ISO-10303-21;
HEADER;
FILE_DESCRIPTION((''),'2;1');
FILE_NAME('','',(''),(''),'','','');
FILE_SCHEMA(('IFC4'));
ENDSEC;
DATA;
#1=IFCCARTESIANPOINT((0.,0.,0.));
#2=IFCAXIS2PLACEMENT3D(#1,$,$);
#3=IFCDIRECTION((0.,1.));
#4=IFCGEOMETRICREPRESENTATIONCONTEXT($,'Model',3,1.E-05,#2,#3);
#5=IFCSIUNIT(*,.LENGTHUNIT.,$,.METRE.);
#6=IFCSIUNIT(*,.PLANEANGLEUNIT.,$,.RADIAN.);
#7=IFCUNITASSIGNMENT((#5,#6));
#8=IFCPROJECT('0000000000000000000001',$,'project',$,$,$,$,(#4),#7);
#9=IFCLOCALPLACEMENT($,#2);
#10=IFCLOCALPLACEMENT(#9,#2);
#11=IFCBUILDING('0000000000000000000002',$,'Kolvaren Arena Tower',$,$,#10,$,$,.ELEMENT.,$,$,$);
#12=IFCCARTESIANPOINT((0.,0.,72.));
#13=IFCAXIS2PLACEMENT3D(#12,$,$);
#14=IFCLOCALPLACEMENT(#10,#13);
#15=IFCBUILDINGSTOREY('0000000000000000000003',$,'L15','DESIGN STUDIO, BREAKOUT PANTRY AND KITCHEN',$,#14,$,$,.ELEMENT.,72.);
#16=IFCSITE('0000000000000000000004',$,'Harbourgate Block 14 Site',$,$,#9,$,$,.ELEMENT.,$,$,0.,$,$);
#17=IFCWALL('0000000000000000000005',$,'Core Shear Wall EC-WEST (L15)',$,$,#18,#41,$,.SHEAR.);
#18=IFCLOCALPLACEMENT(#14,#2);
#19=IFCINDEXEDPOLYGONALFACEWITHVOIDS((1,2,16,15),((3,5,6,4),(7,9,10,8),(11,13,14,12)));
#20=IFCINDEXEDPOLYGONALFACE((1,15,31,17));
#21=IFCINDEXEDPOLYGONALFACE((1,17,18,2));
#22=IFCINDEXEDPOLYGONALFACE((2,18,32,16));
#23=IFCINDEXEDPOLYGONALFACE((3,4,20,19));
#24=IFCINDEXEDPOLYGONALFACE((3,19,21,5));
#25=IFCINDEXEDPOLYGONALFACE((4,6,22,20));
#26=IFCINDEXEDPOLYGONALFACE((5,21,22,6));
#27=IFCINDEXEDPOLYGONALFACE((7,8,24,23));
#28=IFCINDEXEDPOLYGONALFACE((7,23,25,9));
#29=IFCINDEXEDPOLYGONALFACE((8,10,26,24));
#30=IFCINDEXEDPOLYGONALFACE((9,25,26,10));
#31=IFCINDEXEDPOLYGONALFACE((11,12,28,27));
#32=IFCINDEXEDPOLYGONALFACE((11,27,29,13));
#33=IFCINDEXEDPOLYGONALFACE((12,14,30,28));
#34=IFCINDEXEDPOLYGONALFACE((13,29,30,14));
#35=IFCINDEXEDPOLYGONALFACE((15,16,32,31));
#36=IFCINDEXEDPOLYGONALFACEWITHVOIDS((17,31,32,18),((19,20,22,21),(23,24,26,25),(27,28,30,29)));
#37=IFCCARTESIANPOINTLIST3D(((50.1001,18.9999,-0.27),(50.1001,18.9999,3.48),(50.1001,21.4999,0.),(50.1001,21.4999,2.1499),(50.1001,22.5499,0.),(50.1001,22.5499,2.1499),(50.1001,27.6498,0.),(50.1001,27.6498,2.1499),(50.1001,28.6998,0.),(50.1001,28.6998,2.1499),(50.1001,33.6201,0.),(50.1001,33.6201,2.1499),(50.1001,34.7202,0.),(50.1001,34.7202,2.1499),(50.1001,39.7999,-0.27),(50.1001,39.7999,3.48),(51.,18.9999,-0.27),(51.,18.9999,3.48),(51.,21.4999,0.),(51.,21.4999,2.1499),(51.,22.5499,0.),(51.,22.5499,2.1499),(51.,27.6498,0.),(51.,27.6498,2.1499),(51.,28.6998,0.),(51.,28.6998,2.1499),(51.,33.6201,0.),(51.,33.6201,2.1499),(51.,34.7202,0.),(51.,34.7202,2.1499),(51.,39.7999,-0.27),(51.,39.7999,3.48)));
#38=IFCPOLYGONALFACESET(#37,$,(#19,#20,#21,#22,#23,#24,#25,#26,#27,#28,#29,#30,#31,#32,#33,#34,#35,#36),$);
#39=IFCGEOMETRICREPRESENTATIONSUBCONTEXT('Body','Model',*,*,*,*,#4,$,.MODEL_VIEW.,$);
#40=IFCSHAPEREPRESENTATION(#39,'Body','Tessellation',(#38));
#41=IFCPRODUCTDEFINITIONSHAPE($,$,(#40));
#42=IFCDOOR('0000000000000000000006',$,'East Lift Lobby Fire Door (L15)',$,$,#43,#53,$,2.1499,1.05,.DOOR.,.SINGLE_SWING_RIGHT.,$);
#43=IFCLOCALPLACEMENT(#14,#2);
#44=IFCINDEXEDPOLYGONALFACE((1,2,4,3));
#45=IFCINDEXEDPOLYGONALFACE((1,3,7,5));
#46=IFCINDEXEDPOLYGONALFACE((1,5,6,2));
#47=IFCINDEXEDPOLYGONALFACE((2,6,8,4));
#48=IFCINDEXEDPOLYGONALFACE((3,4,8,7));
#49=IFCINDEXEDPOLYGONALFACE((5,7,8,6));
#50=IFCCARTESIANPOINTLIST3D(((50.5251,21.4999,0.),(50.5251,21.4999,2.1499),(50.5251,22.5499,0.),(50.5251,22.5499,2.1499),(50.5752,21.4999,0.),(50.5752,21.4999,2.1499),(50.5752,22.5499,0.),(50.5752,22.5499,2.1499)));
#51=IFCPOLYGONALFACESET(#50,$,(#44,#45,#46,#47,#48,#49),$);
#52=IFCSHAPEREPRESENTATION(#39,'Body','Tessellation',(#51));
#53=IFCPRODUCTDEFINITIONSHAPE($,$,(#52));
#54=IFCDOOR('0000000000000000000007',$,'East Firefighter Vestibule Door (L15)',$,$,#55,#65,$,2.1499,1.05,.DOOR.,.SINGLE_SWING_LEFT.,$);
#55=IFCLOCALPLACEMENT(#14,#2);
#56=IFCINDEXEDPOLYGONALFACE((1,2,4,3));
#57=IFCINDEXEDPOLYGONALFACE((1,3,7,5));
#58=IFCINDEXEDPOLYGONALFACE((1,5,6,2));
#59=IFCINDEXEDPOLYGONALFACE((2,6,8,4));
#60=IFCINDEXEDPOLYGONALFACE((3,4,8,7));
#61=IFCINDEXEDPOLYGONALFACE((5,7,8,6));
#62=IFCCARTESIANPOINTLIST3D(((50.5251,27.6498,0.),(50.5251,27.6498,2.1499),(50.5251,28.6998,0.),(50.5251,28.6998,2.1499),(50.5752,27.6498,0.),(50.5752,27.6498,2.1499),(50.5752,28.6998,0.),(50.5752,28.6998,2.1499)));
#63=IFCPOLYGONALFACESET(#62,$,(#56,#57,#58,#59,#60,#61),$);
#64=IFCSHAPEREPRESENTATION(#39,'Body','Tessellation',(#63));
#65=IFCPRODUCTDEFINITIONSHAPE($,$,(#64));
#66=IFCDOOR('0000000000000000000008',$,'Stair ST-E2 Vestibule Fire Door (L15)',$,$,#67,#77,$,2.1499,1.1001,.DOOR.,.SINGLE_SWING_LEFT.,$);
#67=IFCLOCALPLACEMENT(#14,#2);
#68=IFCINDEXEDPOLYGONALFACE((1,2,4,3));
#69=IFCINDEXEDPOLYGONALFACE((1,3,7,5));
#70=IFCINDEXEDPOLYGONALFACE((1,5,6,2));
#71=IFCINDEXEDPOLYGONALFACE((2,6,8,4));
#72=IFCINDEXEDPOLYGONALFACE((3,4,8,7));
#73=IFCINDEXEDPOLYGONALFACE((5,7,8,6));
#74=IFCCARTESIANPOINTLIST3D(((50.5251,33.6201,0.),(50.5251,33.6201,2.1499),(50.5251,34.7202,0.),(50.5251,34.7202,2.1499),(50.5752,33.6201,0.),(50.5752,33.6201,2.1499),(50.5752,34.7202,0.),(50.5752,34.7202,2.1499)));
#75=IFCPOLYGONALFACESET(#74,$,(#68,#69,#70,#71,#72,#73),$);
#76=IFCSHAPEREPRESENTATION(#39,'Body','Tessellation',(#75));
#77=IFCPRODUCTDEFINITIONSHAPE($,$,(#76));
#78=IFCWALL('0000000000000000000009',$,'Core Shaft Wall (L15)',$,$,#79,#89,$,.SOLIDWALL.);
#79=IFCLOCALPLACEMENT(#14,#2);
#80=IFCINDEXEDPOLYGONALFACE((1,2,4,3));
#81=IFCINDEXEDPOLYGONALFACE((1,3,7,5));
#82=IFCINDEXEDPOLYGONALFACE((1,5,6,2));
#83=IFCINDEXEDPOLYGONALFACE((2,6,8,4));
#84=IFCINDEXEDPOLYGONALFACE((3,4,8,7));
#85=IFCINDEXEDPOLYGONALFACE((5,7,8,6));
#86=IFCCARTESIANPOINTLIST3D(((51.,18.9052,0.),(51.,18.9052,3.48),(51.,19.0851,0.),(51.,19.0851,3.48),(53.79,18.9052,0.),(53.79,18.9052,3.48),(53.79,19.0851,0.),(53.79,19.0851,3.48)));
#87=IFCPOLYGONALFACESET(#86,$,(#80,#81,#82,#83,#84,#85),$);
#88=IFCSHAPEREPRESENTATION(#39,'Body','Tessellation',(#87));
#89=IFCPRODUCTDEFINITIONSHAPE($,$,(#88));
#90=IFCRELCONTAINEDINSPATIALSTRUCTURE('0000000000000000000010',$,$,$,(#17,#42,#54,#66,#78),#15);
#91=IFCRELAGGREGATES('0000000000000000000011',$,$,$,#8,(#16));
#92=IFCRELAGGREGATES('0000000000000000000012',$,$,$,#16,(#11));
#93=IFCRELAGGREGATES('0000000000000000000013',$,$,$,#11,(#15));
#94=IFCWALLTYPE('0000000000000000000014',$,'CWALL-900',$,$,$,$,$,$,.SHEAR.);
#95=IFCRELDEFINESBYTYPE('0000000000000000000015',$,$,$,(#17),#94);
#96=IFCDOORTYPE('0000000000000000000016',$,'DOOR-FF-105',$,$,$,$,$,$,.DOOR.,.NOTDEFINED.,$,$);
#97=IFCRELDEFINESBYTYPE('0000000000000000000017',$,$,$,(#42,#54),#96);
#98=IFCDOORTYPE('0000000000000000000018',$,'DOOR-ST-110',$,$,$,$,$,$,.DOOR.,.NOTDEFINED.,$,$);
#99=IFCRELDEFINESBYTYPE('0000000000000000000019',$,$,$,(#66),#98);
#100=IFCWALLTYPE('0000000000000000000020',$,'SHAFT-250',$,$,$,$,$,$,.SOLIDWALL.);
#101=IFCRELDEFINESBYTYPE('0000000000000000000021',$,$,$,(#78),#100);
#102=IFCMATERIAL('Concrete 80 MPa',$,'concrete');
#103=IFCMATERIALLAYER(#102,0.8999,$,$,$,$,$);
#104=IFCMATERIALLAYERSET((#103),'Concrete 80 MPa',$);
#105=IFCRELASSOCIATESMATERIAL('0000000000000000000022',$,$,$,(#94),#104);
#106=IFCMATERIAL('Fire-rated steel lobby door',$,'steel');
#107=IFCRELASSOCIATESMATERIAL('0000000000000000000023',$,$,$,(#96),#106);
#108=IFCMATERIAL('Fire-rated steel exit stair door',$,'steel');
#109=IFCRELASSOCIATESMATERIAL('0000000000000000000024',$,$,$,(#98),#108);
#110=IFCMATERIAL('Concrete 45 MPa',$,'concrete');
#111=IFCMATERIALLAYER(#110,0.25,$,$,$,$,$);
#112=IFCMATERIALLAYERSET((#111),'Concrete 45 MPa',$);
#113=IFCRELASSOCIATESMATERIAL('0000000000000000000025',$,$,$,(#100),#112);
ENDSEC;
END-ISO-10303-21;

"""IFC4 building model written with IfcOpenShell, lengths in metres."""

from ifc_helpers import new_model, si_unit, direction, frame, frame_2d, origin, place, context, subcontext, project, spatial, rectangle, extrude, material, layer, layer_set, type_object, element, fill, save


model = new_model("IFC4")

# Units and contexts
model_context = context("Model", 3, precision=1e-05, world=origin(), true_north=direction((0.0, 1.0)))
body_context = subcontext(model_context, "Body", "Model", "MODEL_VIEW")
ifc_project = project(units=[si_unit("LENGTHUNIT", "METRE"), si_unit("PLANEANGLEUNIT", "RADIAN")], contexts=[model_context])

# Site, building, storey
site_placement = place(None, origin())
site = spatial("IfcSite", under=ifc_project, at=site_placement, Name="Harbourgate Block 14 Site", CompositionType="ELEMENT", RefElevation=0.0)
building_placement = place(site_placement, origin())
building = spatial("IfcBuilding", under=site, at=building_placement, Name="Kolvaren Arena Tower", CompositionType="ELEMENT")
storey_placement = place(building_placement, frame((0.0, 0.0, 72.0)))
storey = spatial("IfcBuildingStorey", under=building, at=storey_placement, Name="L15", Description="DESIGN STUDIO, BREAKOUT PANTRY AND KITCHEN", CompositionType="ELEMENT", Elevation=72.0)

# Wall, openings, doors
ifc_material_1 = material(Name="Concrete 80 MPa", Category="concrete")
ifc_layer_1 = layer(ifc_material_1, 0.8999)
ifc_layer_set_1 = layer_set([ifc_layer_1], Name="Concrete 80 MPa")
wall_type_1 = type_object("IfcWallType", Name="CWALL-900", PredefinedType="SHEAR", material=ifc_layer_set_1)
wall_1_placement = place(storey_placement, frame((50.55, 19.0, -0.27), z_axis=(0.0, 0.0, 1.0), x_axis=(0.0, 1.0, 0.0)))
wall_1 = element("IfcWall", 1, at=wall_1_placement, inside=storey, type_object=wall_type_1, Name="Core Shear Wall EC-WEST (L15)", PredefinedType="SHEAR", context=body_context, shape_type="SweptSolid", body=[
    extrude(rectangle(XDim=20.8, YDim=0.8999, at=frame_2d((10.3999, 0.0))), origin(), (0.0, 0.0, 1.0), 3.75),
])
opening_1_placement = place(wall_1_placement, frame((2.5, 0.0, 0.27)))
opening_1 = element("IfcOpeningElement", 2, at=opening_1_placement, cuts=wall_1, PredefinedType="OPENING", context=body_context, shape_type="SweptSolid", body=[
    extrude(rectangle(XDim=1.05, YDim=2.1499, at=frame_2d((0.5249, 1.075))), frame((0.0, 0.46, 0.0), z_axis=(0.0, -1.0, 0.0), x_axis=(1.0, 0.0, 0.0)), (0.0, 0.0, 1.0), 0.9199),
])
opening_2_placement = place(wall_1_placement, frame((8.6499, 0.0, 0.27)))
opening_2 = element("IfcOpeningElement", 3, at=opening_2_placement, cuts=wall_1, PredefinedType="OPENING", context=body_context, shape_type="SweptSolid", body=[
    extrude(rectangle(XDim=1.05, YDim=2.1499, at=frame_2d((0.5249, 1.075))), frame((0.0, 0.46, 0.0), z_axis=(0.0, -1.0, 0.0), x_axis=(1.0, 0.0, 0.0)), (0.0, 0.0, 1.0), 0.9199),
])
opening_3_placement = place(wall_1_placement, frame((14.6201, 0.0, 0.27)))
opening_3 = element("IfcOpeningElement", 4, at=opening_3_placement, cuts=wall_1, PredefinedType="OPENING", context=body_context, shape_type="SweptSolid", body=[
    extrude(rectangle(XDim=1.1001, YDim=2.1499, at=frame_2d((0.55, 1.075))), frame((0.0, 0.46, 0.0), z_axis=(0.0, -1.0, 0.0), x_axis=(1.0, 0.0, 0.0)), (0.0, 0.0, 1.0), 0.9199),
])
ifc_material_2 = material(Name="Fire-rated steel lobby door", Category="steel")
door_type_1 = type_object("IfcDoorType", Name="DOOR-FF-105", OperationType="NOTDEFINED", PredefinedType="DOOR", material=ifc_material_2)
door_1_placement = place(opening_1_placement, origin())
door_1 = element("IfcDoor", 5, at=door_1_placement, inside=storey, type_object=door_type_1, Name="East Lift Lobby Fire Door (L15)", OperationType="SINGLE_SWING_RIGHT", OverallHeight=2.1499, OverallWidth=1.05, PredefinedType="DOOR", context=body_context, shape_type="SweptSolid", body=[
    extrude(rectangle(XDim=1.05, YDim=2.1499, at=frame_2d((0.5249, 1.075))), frame((0.0, 0.0249, 0.0), z_axis=(0.0, -1.0, 0.0), x_axis=(1.0, 0.0, 0.0)), (0.0, 0.0, 1.0), 0.05),
])
fill(opening_1, door_1)
door_2_placement = place(opening_2_placement, origin())
door_2 = element("IfcDoor", 6, at=door_2_placement, inside=storey, type_object=door_type_1, Name="East Firefighter Vestibule Door (L15)", OperationType="SINGLE_SWING_LEFT", OverallHeight=2.1499, OverallWidth=1.05, PredefinedType="DOOR", context=body_context, shape_type="SweptSolid", body=[
    extrude(rectangle(XDim=1.05, YDim=2.1499, at=frame_2d((0.5249, 1.075))), frame((0.0, 0.0249, 0.0), z_axis=(0.0, -1.0, 0.0), x_axis=(1.0, 0.0, 0.0)), (0.0, 0.0, 1.0), 0.05),
])
fill(opening_2, door_2)
ifc_material_3 = material(Name="Fire-rated steel exit stair door", Category="steel")
door_type_2 = type_object("IfcDoorType", Name="DOOR-ST-110", OperationType="NOTDEFINED", PredefinedType="DOOR", material=ifc_material_3)
door_3_placement = place(opening_3_placement, origin())
door_3 = element("IfcDoor", 7, at=door_3_placement, inside=storey, type_object=door_type_2, Name="Stair ST-E2 Vestibule Fire Door (L15)", OperationType="SINGLE_SWING_LEFT", OverallHeight=2.1499, OverallWidth=1.1001, PredefinedType="DOOR", context=body_context, shape_type="SweptSolid", body=[
    extrude(rectangle(XDim=1.1001, YDim=2.1499, at=frame_2d((0.55, 1.075))), frame((0.0, 0.0249, 0.0), z_axis=(0.0, -1.0, 0.0), x_axis=(1.0, 0.0, 0.0)), (0.0, 0.0, 1.0), 0.05),
])
fill(opening_3, door_3)

# Wall
ifc_material_4 = material(Name="Concrete 45 MPa", Category="concrete")
ifc_layer_2 = layer(ifc_material_4, 0.25)
ifc_layer_set_2 = layer_set([ifc_layer_2], Name="Concrete 45 MPa")
wall_type_2 = type_object("IfcWallType", Name="SHAFT-250", PredefinedType="SOLIDWALL", material=ifc_layer_set_2)
wall_2_placement = place(storey_placement, frame((51.0, 18.9951, 0.0), z_axis=(0.0, 0.0, 1.0), x_axis=(1.0, 0.0, 0.0)))
element("IfcWall", 8, at=wall_2_placement, inside=storey, type_object=wall_type_2, Name="Core Shaft Wall (L15)", PredefinedType="SOLIDWALL", context=body_context, shape_type="SweptSolid", body=[
    extrude(rectangle(XDim=2.79, YDim=0.1799, at=frame_2d((1.395, 0.0))), origin(), (0.0, 0.0, 1.0), 3.48),
])

save(model, "model.ifc")
